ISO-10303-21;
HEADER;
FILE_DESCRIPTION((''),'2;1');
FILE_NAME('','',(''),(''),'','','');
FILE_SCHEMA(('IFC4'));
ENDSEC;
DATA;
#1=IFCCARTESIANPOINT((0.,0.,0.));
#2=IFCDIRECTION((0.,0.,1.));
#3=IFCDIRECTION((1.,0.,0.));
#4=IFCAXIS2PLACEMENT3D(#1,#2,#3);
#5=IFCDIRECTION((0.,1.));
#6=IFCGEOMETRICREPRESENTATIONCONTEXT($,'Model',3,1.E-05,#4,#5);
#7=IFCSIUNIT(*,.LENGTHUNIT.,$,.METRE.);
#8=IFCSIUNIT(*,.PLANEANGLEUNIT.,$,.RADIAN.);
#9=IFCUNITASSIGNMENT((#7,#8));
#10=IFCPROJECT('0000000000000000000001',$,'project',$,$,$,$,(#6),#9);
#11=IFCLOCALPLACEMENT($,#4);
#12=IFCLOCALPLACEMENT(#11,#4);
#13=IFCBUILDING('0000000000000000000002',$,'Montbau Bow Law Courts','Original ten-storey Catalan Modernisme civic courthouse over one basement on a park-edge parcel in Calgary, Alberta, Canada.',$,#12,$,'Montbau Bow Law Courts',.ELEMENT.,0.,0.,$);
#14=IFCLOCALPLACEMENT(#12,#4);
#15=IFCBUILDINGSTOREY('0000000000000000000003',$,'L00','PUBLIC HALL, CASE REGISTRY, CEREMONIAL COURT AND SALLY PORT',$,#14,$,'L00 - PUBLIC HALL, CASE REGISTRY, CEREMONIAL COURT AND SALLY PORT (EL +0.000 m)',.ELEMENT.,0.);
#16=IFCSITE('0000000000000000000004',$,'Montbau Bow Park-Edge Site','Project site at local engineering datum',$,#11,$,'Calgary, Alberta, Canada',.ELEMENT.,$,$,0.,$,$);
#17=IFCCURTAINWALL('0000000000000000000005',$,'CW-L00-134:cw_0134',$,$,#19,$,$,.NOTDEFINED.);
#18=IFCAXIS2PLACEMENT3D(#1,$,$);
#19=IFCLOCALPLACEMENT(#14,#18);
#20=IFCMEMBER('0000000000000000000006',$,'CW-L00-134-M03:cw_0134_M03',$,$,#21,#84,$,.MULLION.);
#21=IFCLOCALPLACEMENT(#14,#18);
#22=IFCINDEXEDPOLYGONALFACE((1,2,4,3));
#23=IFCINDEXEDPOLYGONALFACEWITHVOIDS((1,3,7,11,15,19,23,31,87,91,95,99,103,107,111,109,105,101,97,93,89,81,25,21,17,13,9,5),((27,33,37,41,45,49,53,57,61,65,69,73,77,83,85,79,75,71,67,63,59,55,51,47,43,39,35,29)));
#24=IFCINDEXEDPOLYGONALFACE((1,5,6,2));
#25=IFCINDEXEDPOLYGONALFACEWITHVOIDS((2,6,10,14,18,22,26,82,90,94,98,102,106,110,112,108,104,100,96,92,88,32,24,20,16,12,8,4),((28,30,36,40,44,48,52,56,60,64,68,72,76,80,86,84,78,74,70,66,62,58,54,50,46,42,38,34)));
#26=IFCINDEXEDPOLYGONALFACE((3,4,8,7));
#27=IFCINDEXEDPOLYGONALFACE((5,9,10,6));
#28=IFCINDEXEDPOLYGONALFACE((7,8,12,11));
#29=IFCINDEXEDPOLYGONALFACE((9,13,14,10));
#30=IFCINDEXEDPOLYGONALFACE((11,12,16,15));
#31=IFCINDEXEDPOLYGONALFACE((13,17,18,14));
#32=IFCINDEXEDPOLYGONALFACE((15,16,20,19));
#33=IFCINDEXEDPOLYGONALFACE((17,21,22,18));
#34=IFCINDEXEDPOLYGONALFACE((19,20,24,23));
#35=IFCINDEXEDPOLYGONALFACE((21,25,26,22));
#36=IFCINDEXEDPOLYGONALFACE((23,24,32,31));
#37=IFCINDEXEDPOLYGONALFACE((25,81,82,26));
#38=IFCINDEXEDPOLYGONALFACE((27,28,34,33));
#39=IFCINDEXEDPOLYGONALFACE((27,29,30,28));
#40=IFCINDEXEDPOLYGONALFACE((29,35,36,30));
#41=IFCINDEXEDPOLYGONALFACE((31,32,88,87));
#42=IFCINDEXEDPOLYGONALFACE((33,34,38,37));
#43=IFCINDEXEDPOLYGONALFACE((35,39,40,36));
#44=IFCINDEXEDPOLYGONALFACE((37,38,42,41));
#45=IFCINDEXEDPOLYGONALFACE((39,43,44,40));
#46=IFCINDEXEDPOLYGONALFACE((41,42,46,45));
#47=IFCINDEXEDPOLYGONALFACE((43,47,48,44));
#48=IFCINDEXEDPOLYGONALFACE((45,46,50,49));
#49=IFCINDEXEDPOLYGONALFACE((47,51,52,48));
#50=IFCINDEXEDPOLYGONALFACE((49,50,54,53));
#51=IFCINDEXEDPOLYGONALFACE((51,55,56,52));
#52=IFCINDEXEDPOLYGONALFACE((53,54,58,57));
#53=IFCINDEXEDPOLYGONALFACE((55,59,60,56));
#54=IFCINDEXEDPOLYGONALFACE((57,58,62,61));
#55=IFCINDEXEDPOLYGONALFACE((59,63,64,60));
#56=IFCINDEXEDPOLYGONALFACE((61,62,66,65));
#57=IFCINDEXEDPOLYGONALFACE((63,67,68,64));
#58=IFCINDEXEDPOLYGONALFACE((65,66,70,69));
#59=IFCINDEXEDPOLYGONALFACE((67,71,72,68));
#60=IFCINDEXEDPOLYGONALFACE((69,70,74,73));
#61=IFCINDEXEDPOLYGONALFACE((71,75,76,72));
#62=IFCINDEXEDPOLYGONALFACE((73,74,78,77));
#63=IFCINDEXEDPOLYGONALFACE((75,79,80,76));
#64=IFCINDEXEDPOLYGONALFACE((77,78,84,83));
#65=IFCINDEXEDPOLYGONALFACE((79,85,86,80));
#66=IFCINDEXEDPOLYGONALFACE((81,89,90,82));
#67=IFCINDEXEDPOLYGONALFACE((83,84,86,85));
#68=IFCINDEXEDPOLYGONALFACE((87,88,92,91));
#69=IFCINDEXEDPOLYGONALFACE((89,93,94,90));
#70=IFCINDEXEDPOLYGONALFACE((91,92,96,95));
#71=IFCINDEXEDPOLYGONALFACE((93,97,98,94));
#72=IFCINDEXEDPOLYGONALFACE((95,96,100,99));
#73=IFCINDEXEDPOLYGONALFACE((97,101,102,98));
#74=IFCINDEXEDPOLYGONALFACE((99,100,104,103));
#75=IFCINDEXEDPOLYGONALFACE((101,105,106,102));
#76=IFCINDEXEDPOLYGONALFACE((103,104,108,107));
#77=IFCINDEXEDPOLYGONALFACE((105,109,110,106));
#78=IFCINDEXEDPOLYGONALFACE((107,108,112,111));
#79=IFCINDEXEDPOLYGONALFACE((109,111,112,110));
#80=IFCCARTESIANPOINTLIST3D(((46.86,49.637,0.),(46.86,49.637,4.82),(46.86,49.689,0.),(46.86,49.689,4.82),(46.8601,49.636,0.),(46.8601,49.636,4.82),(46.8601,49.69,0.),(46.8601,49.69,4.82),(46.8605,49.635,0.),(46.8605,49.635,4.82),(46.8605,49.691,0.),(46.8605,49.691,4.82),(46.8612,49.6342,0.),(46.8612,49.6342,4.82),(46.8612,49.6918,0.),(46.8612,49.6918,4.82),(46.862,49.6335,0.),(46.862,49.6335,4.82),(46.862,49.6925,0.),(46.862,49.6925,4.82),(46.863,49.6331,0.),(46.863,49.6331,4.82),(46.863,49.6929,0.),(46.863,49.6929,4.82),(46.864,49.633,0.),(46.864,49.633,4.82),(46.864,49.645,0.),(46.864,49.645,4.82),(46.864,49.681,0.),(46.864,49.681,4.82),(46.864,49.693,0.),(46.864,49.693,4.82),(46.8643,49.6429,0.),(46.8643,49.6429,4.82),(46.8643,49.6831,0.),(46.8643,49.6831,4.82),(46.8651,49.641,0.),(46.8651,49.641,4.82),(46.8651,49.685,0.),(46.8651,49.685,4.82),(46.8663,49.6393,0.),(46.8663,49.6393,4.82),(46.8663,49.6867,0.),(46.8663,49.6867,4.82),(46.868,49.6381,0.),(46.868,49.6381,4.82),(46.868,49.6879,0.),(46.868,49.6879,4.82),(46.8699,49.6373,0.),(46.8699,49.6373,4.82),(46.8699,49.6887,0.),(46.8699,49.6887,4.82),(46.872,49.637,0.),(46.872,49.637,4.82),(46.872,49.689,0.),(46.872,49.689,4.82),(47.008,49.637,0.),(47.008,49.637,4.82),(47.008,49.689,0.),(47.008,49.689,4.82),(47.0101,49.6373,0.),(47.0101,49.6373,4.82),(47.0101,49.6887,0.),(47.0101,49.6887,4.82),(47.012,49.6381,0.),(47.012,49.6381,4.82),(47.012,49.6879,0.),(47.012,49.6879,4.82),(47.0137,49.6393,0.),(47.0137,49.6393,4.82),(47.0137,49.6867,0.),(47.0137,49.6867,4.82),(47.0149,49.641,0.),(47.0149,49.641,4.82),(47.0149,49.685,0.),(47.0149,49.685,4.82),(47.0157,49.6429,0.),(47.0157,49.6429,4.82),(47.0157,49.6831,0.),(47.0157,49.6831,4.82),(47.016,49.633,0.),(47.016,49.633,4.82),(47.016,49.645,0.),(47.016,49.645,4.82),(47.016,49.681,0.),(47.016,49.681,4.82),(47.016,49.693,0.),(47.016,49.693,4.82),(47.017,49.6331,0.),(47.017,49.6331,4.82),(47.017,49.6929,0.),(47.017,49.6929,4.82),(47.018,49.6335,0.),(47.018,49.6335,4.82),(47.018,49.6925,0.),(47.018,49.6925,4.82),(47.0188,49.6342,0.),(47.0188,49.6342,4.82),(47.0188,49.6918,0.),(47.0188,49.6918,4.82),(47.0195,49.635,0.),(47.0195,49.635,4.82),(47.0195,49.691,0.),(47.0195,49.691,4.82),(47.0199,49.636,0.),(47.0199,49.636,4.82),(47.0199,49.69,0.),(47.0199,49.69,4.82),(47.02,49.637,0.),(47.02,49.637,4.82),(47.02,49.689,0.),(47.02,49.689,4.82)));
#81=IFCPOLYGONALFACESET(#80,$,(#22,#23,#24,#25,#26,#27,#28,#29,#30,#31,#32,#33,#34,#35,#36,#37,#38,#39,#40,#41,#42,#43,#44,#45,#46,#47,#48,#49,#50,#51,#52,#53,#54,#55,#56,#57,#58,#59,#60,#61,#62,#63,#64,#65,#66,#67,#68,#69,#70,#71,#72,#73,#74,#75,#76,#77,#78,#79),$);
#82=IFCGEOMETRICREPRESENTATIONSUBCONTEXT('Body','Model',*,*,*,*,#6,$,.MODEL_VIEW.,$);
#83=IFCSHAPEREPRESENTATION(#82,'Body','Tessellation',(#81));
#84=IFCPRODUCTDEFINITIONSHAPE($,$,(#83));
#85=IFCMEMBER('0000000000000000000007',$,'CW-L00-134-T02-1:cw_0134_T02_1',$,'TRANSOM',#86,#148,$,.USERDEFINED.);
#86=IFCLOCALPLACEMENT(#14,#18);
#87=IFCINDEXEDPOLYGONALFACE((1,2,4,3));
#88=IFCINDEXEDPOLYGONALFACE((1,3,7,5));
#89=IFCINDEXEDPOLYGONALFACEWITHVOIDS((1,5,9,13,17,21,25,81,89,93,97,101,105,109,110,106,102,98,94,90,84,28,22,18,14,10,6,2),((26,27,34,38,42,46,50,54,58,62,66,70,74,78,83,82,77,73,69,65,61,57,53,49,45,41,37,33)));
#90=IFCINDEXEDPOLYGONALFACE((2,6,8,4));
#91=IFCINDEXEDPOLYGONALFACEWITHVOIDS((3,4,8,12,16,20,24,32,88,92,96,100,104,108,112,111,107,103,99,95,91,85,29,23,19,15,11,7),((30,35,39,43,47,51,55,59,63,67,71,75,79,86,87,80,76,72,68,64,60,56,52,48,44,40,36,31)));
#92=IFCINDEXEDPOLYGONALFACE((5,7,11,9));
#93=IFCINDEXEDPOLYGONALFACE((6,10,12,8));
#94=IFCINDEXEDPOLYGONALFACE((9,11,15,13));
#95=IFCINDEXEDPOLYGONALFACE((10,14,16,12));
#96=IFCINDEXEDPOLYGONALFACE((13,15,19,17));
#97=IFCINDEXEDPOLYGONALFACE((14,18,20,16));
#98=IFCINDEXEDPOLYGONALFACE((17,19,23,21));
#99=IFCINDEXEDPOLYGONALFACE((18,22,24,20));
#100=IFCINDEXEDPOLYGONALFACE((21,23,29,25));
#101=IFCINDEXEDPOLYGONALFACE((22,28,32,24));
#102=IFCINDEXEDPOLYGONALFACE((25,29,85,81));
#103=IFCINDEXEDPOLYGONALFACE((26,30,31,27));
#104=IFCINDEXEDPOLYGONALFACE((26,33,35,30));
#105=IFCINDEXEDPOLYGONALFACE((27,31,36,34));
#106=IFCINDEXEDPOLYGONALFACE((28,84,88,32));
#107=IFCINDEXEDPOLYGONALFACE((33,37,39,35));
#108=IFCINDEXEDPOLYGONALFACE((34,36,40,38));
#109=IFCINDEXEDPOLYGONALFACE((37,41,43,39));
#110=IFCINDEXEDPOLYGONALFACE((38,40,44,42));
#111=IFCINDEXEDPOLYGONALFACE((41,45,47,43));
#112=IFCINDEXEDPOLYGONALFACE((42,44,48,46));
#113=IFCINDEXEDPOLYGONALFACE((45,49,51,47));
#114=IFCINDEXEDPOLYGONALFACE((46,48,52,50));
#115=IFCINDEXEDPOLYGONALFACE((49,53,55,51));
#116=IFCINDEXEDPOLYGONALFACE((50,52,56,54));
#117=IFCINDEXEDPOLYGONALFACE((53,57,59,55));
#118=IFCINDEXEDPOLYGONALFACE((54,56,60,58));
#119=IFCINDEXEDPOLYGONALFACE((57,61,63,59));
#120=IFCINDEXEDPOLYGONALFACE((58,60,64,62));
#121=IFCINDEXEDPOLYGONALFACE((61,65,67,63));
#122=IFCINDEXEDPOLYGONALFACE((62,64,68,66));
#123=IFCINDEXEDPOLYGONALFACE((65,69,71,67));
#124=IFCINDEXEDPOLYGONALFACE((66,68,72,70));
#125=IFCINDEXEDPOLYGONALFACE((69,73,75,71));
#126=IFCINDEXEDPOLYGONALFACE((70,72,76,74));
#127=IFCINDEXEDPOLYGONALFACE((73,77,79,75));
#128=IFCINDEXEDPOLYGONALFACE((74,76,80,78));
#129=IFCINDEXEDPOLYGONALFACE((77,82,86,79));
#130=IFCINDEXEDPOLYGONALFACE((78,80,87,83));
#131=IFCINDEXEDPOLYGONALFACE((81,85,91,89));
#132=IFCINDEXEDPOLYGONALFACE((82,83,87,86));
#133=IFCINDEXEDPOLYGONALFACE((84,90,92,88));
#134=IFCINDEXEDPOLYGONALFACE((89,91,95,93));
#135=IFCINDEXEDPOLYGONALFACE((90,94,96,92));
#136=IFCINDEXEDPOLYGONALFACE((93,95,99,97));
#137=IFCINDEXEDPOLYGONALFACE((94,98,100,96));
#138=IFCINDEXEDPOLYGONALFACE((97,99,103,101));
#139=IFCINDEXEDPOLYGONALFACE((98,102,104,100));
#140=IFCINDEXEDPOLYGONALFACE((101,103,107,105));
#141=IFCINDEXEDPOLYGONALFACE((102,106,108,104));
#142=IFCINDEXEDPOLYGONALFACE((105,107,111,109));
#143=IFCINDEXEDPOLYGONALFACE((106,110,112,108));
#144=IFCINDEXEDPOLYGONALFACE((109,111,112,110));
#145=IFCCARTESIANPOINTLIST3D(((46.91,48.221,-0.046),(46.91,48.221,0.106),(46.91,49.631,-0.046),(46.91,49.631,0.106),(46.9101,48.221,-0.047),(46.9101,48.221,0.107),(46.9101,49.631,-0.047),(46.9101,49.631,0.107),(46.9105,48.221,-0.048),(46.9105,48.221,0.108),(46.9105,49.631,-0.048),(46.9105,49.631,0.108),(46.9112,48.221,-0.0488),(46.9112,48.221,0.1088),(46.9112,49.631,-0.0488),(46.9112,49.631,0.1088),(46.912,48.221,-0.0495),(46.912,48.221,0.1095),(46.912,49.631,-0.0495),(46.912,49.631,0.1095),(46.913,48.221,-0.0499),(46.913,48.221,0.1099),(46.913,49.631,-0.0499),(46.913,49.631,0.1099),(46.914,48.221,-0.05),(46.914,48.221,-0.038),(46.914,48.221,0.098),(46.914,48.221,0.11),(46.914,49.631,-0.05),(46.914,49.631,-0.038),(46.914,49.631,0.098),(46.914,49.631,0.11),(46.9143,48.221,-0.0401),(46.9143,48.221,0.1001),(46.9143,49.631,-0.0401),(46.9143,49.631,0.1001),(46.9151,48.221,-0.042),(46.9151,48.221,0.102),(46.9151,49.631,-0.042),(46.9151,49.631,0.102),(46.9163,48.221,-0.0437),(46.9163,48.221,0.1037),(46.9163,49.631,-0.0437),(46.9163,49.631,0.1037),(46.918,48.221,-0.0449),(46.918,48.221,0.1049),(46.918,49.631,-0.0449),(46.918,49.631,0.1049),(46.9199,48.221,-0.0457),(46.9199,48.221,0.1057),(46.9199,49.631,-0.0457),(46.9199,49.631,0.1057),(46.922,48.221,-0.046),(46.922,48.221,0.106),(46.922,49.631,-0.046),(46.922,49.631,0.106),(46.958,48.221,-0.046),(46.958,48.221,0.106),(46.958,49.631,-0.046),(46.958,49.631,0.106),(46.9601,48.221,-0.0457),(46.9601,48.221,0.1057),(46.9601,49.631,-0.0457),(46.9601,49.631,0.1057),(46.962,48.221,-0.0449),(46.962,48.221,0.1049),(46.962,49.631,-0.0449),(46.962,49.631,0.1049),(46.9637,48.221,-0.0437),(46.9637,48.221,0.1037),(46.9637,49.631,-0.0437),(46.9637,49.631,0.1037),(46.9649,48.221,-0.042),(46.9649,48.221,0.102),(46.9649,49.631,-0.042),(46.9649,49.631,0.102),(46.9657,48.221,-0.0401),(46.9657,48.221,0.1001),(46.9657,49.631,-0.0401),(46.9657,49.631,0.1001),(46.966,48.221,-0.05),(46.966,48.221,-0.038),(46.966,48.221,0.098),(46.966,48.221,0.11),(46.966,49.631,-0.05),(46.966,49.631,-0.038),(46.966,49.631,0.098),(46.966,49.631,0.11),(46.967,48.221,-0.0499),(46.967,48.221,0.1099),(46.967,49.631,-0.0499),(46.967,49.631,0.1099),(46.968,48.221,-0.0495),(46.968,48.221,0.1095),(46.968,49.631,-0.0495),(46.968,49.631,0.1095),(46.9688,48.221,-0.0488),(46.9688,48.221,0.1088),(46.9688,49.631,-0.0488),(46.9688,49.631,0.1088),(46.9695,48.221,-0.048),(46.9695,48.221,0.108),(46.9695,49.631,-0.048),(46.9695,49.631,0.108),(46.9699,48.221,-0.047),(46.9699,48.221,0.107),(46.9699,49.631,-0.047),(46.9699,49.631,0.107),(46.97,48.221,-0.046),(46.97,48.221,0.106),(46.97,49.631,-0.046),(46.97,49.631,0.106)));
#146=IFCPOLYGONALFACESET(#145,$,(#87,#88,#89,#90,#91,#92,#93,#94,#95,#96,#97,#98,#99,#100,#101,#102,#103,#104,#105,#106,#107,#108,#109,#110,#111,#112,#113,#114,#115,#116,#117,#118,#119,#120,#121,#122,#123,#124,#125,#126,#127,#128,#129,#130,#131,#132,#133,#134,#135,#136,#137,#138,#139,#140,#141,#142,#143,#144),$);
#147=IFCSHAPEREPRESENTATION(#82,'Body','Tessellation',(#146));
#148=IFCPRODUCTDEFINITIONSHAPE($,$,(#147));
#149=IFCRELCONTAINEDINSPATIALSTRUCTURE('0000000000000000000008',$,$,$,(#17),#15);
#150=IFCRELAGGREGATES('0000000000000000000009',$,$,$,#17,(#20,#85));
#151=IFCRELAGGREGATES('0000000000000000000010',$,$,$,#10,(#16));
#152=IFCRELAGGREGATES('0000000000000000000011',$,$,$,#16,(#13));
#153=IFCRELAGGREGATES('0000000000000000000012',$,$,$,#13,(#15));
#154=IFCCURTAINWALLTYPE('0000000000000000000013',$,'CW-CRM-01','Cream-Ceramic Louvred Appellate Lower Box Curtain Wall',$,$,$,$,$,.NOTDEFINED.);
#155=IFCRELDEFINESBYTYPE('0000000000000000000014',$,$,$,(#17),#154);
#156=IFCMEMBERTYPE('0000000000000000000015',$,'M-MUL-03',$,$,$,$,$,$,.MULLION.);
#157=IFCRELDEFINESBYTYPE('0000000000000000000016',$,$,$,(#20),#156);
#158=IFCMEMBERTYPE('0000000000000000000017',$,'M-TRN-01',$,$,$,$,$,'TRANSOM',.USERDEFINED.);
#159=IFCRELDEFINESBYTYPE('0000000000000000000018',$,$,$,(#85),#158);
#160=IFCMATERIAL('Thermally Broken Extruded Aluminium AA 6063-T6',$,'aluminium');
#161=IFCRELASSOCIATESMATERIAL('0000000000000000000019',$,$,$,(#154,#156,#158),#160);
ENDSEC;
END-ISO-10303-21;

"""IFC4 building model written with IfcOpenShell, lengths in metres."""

from ifc_helpers import new_model, si_unit, direction, frame, origin_with_axes, origin_2d_with_axis, place, context, subcontext, project, spatial, hollow_rectangle, extrude, material, material_profile, profile_set, type_object, element, aggregate, save


model = new_model("IFC4")

# Units and contexts
model_context = context("Model", 3, precision=1e-05, world=origin_with_axes(), true_north=direction((0.0, 1.0)))
body_context = subcontext(model_context, "Body", "Model", "MODEL_VIEW")
ifc_project = project(units=[si_unit("LENGTHUNIT", "METRE"), si_unit("PLANEANGLEUNIT", "RADIAN")], contexts=[model_context])

# Site, building, storey
site_placement = place(None, origin_with_axes())
site = spatial("IfcSite", under=ifc_project, at=site_placement, Name="Montbau Bow Park-Edge Site", Description="Project site at local engineering datum", LongName="Calgary, Alberta, Canada", CompositionType="ELEMENT", RefElevation=0.0)
building_placement = place(site_placement, origin_with_axes())
building = spatial("IfcBuilding", under=site, at=building_placement, Name="Montbau Bow Law Courts", Description="Original ten-storey Catalan Modernisme civic courthouse over one basement on a park-edge parcel in Calgary, Alberta, Canada.", LongName="Montbau Bow Law Courts", CompositionType="ELEMENT", ElevationOfRefHeight=0.0, ElevationOfTerrain=0.0)
storey_placement = place(building_placement, origin_with_axes())
storey = spatial("IfcBuildingStorey", under=building, at=storey_placement, Name="L00", Description="PUBLIC HALL, CASE REGISTRY, CEREMONIAL COURT AND SALLY PORT", LongName="L00 - PUBLIC HALL, CASE REGISTRY, CEREMONIAL COURT AND SALLY PORT (EL +0.000 m)", CompositionType="ELEMENT", Elevation=0.0)

# Curtain wall, members
ifc_material_1 = material(Name="Thermally Broken Extruded Aluminium AA 6063-T6", Category="aluminium")
curtain_wall_type_1 = type_object("IfcCurtainWallType", Name="CW-CRM-01", Description="Cream-Ceramic Louvred Appellate Lower Box Curtain Wall", PredefinedType="NOTDEFINED", material=ifc_material_1)
curtain_wall_1_placement = place(None, frame((46.94, 46.715, 0.0), z_axis=(0.0, 0.0, 1.0), x_axis=(1.0, 0.0, 0.0)))
curtain_wall_1 = element("IfcCurtainWall", 1, at=curtain_wall_1_placement, inside=storey, type_object=curtain_wall_type_1, Name="CW-L00-134:cw_0134", PredefinedType="NOTDEFINED")
ifc_material_profile_1 = material_profile(ifc_material_1, hollow_rectangle(XDim=0.06, YDim=0.16, WallThickness=0.004, InnerFilletRadius=0.008, OuterFilletRadius=0.004, at=origin_2d_with_axis()), Name="CWM-160X60", Category="Main", Priority=0)
ifc_profile_set_1 = profile_set([ifc_material_profile_1], Name="Thermally Broken Extruded Aluminium AA 6063-T6")
member_type_1 = type_object("IfcMemberType", Name="M-MUL-03", PredefinedType="MULLION", material=ifc_profile_set_1)
member_1_placement = place(None, frame((46.94, 49.663, 0.0), z_axis=(0.0, 0.0, 1.0), x_axis=(0.0, 1.0, 0.0)))
member_1 = element("IfcMember", 2, at=member_1_placement, type_object=member_type_1, Name="CW-L00-134-M03:cw_0134_M03", PredefinedType="MULLION", context=body_context, shape_type="SweptSolid", body=[
    extrude(hollow_rectangle(XDim=0.06, YDim=0.16, WallThickness=0.004, InnerFilletRadius=0.008, OuterFilletRadius=0.004, at=origin_2d_with_axis()), origin_with_axes(), (0.0, 0.0, 1.0), 4.82),
])
ifc_material_profile_2 = material_profile(ifc_material_1, hollow_rectangle(XDim=0.06, YDim=0.16, WallThickness=0.004, InnerFilletRadius=0.008, OuterFilletRadius=0.004, at=origin_2d_with_axis()), Name="CWT-160X60", Category="Main", Priority=0)
ifc_profile_set_2 = profile_set([ifc_material_profile_2], Name="Thermally Broken Extruded Aluminium AA 6063-T6")
member_type_2 = type_object("IfcMemberType", Name="M-TRN-01", ElementType="TRANSOM", PredefinedType="USERDEFINED", material=ifc_profile_set_2)
member_2_placement = place(None, frame((46.94, 48.221, 0.03), z_axis=(0.0, 1.0, 0.0), x_axis=(-1.0, 0.0, 0.0)))
member_2 = element("IfcMember", 3, at=member_2_placement, type_object=member_type_2, Name="CW-L00-134-T02-1:cw_0134_T02_1", ObjectType="TRANSOM", PredefinedType="USERDEFINED", context=body_context, shape_type="SweptSolid", body=[
    extrude(hollow_rectangle(XDim=0.06, YDim=0.16, WallThickness=0.004, InnerFilletRadius=0.008, OuterFilletRadius=0.004, at=origin_2d_with_axis()), origin_with_axes(), (0.0, 0.0, 1.0), 1.41),
])
aggregate(curtain_wall_1, [member_1, member_2])

save(model, "model.ifc")
